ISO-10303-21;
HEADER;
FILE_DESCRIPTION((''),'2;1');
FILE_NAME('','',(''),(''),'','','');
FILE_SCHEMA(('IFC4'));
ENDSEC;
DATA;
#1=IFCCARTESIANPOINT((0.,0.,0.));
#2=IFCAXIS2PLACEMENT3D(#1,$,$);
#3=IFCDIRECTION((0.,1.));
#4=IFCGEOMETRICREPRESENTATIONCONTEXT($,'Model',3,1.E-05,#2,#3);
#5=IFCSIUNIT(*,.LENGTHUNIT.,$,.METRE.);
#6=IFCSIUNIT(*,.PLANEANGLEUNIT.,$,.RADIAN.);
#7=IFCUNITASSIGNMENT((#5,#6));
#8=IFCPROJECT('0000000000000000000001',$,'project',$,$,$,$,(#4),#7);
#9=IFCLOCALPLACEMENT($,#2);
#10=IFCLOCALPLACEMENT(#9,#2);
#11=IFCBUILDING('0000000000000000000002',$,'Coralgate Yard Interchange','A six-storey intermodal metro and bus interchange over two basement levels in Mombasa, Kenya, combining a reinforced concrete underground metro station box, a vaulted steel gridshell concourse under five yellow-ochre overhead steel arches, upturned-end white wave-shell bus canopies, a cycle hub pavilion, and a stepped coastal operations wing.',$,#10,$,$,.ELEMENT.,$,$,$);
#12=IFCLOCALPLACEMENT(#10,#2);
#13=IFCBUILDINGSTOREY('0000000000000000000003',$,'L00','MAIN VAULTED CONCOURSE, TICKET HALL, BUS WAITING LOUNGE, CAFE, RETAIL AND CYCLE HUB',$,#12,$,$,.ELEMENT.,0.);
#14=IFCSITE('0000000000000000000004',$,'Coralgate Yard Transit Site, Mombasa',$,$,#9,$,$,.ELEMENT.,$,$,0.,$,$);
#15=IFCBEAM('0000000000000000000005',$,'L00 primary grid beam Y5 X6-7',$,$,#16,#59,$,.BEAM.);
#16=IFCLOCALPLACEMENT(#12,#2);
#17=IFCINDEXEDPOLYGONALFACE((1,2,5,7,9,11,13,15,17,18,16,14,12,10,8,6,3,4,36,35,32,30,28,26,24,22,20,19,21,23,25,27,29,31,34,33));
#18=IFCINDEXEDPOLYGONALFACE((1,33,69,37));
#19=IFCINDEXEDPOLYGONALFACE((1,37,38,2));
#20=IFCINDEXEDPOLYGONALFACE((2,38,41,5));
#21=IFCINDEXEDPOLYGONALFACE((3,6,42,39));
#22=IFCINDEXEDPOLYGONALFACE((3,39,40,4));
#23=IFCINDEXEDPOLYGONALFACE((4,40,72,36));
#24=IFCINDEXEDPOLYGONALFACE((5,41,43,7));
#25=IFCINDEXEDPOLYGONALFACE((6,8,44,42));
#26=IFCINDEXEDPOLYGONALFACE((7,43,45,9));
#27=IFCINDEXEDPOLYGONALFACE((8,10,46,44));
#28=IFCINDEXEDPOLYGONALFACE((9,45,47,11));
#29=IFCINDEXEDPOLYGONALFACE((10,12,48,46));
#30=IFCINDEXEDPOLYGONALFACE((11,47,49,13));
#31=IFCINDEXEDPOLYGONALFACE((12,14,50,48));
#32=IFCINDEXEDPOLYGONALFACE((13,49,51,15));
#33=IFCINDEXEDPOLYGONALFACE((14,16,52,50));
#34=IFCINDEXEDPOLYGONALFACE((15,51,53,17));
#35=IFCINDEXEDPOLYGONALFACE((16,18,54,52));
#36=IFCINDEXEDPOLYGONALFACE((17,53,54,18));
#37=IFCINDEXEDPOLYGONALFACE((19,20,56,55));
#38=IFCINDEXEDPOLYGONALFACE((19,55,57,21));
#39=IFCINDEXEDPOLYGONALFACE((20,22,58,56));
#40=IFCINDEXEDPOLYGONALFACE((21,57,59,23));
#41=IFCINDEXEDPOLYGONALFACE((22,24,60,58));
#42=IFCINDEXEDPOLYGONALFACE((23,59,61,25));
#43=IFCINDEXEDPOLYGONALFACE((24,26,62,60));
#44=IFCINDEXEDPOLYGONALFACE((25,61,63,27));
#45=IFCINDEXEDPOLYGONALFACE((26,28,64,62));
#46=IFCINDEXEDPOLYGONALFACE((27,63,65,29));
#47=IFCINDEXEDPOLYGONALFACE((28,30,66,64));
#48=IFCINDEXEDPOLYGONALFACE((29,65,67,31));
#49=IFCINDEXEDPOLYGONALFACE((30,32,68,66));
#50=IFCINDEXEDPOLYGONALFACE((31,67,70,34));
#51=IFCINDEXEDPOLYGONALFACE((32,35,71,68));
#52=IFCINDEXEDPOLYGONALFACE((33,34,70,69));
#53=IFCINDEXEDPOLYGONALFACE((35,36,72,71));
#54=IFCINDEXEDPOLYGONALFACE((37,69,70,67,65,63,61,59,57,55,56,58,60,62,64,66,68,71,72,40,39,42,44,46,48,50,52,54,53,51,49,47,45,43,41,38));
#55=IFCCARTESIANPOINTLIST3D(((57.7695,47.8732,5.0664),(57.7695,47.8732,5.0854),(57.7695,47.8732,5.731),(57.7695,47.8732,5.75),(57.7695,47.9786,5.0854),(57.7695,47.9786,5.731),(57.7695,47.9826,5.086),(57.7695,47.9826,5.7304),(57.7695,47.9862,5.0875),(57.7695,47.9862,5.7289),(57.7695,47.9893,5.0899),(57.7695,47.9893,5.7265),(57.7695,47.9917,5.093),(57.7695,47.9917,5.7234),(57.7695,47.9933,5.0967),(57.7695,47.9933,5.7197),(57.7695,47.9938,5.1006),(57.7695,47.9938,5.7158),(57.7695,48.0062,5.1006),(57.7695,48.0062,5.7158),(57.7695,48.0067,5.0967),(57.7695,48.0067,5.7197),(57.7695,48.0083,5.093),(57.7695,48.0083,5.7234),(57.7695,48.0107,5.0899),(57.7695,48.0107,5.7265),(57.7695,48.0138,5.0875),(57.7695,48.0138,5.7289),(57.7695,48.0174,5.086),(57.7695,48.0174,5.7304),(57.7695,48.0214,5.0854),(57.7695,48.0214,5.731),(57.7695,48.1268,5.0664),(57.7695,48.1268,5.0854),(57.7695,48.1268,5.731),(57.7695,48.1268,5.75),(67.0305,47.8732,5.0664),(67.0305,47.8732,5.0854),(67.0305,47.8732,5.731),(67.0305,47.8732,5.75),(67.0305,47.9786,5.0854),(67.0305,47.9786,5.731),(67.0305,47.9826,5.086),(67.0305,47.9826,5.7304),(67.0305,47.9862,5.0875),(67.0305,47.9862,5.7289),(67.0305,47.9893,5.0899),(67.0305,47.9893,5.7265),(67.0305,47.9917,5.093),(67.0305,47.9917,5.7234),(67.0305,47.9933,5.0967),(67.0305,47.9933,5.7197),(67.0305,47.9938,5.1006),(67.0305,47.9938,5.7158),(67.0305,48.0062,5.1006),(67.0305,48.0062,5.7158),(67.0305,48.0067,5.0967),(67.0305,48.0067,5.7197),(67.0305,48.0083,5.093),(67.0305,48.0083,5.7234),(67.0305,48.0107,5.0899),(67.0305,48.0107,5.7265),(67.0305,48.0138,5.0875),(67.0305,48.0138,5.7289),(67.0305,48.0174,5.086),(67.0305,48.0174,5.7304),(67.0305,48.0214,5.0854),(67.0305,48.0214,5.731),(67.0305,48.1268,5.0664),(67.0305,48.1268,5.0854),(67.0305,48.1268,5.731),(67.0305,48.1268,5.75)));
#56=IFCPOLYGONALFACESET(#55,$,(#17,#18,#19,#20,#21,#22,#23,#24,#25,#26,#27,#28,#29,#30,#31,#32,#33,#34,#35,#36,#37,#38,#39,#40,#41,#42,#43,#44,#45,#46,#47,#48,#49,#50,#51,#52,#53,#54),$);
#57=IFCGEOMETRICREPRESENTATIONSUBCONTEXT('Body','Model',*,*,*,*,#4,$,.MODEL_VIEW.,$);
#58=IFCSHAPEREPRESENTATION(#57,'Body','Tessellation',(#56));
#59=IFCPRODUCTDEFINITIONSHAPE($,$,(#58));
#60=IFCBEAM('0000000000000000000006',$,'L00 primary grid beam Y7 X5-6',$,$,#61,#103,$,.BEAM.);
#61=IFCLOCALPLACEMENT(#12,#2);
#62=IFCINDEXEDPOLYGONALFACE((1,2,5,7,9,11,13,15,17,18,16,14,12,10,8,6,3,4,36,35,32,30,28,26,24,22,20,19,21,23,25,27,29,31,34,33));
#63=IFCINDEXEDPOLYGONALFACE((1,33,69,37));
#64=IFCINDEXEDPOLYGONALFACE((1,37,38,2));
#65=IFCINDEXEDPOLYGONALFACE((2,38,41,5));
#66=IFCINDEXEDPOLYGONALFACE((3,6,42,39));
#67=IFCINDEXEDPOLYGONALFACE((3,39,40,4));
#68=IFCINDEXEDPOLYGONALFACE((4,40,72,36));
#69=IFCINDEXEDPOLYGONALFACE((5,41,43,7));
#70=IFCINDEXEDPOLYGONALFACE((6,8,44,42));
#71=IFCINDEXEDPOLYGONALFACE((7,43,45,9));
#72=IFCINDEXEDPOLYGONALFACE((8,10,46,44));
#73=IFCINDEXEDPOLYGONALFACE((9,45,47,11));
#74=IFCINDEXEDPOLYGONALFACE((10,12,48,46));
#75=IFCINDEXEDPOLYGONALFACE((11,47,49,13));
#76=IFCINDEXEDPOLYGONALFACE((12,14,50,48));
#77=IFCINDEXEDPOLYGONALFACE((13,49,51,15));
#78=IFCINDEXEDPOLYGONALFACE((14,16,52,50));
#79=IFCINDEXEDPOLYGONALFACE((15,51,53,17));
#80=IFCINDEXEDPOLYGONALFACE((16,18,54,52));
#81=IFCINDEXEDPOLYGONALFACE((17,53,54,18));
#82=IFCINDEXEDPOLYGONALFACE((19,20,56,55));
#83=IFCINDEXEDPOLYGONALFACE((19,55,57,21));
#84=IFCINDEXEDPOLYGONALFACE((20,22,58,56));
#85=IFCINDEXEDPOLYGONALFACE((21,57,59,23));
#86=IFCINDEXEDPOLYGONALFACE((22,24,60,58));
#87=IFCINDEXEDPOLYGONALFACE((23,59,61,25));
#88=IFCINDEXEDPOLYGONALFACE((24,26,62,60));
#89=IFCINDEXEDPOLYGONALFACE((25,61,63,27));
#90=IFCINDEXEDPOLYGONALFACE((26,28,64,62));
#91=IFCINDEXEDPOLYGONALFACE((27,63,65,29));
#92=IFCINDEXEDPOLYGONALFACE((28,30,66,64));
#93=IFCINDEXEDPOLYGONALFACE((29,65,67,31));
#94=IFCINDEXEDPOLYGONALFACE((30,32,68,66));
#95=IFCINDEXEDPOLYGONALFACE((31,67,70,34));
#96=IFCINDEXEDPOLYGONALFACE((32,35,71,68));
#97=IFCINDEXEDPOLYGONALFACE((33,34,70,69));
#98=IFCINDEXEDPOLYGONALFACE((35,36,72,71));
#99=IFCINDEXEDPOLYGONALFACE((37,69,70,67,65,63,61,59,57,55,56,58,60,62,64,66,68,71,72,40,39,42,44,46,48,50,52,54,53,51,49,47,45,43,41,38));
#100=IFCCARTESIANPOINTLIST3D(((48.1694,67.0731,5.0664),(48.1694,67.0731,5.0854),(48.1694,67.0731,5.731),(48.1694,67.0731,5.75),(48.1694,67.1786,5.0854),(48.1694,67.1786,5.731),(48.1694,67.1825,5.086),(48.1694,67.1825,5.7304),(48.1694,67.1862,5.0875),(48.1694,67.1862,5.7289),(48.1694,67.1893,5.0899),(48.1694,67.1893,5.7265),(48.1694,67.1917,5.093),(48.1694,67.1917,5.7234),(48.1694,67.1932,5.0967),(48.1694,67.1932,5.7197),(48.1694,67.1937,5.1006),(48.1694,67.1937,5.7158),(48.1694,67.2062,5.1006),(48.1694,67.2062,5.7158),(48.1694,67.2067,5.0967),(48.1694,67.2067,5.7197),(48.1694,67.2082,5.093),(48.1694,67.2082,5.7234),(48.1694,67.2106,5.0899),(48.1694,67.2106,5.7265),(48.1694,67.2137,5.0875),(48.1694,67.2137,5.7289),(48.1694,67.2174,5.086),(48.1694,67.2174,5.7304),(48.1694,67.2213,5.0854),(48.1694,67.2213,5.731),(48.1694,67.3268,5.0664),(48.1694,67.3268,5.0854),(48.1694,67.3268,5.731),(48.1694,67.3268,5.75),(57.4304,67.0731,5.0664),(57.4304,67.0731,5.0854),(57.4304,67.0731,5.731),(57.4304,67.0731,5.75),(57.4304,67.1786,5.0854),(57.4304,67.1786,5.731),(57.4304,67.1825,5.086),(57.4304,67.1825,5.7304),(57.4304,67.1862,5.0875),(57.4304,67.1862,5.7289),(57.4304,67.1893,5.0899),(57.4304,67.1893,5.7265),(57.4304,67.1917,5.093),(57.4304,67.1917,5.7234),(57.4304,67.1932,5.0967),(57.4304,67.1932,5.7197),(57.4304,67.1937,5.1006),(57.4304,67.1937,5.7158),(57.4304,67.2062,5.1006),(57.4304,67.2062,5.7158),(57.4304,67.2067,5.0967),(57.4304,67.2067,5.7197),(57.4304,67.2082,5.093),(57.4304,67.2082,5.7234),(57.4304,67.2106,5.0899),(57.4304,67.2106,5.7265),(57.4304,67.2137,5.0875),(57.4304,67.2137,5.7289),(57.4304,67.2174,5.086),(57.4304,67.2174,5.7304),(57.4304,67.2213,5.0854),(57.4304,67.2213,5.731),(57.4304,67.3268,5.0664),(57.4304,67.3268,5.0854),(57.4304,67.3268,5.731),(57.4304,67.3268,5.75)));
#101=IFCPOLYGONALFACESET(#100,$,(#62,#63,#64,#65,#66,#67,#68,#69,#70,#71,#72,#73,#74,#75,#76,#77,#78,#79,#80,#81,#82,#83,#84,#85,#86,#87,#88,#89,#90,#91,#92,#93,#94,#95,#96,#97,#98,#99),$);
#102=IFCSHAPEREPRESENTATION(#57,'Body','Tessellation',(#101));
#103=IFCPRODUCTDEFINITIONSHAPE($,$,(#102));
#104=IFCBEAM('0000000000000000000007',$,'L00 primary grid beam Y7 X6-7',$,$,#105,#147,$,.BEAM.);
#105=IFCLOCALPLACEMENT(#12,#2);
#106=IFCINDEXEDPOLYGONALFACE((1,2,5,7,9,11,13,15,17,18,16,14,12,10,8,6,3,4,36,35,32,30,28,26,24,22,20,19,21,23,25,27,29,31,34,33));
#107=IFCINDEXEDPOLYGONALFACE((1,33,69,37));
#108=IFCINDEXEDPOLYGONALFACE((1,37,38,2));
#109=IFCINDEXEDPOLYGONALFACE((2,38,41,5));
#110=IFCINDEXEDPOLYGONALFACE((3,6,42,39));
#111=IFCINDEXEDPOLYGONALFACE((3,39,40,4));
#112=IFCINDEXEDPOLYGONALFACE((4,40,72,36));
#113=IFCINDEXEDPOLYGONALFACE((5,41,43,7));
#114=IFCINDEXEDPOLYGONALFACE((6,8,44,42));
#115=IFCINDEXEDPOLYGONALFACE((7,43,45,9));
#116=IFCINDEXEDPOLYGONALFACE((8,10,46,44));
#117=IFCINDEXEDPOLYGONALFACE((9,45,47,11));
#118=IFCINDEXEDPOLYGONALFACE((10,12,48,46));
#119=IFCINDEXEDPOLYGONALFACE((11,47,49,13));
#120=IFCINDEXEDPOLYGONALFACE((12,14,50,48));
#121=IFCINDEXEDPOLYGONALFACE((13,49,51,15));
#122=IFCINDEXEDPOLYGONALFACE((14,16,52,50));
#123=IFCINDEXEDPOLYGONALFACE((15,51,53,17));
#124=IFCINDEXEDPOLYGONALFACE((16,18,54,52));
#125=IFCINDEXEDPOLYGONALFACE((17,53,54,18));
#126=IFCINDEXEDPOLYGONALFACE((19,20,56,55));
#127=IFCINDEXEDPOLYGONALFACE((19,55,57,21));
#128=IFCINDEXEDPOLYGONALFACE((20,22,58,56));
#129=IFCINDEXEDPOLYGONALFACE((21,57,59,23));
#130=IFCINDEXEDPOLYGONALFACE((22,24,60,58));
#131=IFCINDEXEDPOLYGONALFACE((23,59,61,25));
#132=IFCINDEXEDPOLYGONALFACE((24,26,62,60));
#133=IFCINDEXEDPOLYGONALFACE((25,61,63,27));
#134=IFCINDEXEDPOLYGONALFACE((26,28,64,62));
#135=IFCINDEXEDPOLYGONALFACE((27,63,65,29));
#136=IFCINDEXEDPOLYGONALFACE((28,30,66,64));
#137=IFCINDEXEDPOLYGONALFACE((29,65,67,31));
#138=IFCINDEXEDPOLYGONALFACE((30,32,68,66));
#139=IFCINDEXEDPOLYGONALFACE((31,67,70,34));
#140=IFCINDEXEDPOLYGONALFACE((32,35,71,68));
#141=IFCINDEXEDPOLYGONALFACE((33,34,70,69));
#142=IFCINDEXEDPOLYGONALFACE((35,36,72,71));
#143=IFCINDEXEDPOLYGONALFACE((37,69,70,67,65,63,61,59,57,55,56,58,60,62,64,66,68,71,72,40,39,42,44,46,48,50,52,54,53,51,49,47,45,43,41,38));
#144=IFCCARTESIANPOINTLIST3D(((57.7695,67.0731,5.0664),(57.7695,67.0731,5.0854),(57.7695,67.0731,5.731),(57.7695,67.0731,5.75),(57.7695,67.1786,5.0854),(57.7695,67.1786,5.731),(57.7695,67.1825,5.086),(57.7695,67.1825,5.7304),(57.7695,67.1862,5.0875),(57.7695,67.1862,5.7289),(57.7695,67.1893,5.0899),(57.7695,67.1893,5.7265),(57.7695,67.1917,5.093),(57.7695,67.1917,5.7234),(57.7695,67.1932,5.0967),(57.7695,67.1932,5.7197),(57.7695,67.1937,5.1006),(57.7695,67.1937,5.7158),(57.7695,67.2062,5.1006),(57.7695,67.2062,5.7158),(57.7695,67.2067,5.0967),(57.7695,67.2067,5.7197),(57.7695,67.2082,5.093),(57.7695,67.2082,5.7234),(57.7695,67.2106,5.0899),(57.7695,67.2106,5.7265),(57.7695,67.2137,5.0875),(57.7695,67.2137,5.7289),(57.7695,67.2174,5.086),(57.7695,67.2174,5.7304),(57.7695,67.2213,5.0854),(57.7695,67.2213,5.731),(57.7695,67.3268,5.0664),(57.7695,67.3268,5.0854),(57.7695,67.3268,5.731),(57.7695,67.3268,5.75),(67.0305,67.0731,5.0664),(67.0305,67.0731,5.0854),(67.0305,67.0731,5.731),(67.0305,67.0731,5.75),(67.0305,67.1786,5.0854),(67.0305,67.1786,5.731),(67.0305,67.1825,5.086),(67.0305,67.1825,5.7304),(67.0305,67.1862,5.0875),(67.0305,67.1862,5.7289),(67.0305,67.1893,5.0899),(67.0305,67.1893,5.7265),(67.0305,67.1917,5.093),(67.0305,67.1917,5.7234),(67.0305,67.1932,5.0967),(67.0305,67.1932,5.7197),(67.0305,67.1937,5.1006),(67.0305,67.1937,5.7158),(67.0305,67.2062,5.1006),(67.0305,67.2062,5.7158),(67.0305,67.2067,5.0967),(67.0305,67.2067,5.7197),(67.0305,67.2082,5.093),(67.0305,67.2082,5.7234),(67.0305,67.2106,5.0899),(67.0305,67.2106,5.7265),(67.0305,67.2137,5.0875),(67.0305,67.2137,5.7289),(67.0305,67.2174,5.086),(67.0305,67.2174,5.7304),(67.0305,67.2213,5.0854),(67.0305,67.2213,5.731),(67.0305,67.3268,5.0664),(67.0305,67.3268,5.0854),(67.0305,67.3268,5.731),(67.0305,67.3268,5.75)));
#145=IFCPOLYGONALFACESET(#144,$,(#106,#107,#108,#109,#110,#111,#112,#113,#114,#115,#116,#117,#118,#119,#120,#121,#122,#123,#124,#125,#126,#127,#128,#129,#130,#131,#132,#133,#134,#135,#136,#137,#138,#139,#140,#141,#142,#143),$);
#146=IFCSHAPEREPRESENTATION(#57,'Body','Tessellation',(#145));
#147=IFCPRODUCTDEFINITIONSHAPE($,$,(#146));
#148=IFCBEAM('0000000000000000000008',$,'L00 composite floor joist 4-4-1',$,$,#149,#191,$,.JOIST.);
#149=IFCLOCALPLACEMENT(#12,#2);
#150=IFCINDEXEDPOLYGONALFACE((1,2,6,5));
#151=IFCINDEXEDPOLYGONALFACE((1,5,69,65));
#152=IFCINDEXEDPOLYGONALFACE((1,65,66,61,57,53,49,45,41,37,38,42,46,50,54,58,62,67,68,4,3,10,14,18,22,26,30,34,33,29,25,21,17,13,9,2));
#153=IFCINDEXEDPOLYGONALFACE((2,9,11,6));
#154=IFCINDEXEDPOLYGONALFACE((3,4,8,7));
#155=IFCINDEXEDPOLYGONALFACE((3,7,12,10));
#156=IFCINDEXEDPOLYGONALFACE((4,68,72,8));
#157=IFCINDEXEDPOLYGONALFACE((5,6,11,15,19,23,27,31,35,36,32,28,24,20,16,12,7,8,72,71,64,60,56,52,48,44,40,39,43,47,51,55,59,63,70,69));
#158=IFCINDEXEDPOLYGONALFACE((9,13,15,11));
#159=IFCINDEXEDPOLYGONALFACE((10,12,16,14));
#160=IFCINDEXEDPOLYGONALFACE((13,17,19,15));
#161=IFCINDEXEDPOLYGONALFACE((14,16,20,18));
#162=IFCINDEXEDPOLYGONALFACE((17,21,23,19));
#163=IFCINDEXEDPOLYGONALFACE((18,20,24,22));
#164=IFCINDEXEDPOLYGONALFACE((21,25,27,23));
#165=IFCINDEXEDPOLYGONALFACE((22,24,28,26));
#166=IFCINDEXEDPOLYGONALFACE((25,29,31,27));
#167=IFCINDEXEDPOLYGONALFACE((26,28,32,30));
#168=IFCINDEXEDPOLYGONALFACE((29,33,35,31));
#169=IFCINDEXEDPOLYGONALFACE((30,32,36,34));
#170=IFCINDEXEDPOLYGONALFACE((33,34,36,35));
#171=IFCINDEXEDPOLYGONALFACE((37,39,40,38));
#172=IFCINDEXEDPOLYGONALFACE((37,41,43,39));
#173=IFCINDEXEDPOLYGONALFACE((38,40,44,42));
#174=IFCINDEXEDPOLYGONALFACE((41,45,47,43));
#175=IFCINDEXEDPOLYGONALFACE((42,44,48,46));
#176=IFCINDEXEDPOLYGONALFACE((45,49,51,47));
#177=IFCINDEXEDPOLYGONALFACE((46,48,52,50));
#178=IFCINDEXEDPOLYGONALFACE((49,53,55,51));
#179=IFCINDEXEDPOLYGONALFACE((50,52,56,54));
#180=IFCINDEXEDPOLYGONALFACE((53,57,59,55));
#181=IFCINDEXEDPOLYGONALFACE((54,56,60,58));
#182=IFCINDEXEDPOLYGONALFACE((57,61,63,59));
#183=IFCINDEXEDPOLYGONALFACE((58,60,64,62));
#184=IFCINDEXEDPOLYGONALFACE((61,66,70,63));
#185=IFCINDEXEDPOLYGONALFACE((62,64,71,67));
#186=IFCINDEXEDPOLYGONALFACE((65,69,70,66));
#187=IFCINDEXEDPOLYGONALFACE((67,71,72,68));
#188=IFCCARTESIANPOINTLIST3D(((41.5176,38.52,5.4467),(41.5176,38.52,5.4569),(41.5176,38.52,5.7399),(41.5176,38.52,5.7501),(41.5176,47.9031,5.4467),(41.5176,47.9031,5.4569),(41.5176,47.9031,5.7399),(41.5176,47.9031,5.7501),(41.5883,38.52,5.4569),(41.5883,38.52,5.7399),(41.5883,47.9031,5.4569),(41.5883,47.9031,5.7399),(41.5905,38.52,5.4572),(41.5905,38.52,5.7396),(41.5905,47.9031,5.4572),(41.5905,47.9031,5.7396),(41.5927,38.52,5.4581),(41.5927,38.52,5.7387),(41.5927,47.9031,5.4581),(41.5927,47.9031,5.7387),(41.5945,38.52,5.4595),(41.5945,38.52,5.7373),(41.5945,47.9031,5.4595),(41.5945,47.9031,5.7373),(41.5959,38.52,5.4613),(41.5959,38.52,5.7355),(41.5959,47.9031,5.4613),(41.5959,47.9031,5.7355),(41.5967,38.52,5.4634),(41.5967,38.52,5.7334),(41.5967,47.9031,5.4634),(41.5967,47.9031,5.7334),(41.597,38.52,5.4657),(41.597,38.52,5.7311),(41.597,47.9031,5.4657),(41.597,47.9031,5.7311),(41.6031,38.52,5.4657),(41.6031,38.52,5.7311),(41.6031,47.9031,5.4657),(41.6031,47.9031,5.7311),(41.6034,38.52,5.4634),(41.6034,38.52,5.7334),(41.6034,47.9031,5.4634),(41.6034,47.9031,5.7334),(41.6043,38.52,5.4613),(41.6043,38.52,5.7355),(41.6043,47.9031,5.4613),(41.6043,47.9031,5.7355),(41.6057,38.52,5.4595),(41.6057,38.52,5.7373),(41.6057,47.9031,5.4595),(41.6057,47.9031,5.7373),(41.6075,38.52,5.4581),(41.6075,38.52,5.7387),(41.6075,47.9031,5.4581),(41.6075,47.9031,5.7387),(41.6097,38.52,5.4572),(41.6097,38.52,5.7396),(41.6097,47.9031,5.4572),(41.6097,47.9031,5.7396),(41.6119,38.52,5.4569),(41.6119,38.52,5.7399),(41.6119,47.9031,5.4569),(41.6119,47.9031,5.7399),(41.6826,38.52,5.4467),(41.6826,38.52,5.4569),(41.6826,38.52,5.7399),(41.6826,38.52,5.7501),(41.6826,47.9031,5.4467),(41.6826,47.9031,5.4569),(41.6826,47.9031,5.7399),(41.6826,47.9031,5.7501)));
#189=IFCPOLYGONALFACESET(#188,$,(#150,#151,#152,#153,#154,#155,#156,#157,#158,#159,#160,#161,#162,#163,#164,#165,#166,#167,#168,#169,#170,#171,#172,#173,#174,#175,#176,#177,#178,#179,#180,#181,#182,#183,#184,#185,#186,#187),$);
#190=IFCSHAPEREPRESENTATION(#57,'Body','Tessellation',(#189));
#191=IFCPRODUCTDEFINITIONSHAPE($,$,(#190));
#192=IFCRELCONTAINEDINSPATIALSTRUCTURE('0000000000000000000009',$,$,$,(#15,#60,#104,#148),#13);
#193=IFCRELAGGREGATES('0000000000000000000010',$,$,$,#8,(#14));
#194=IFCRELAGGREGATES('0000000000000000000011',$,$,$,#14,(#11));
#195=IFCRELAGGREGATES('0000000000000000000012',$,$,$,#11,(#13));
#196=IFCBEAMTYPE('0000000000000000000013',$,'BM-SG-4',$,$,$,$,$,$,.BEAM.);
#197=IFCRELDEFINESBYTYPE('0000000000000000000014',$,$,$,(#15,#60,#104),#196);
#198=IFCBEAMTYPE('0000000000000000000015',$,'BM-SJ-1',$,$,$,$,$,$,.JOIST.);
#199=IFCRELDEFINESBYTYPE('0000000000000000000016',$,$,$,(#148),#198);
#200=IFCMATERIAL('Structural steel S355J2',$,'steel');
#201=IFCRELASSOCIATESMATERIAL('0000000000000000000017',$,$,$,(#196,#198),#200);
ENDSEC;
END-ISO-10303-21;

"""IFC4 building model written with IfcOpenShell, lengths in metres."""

from ifc_helpers import new_model, si_unit, direction, frame, origin, origin_2d, place, context, subcontext, project, spatial, i_section, extrude, material, material_profile, profile_set, type_object, element, save


model = new_model("IFC4")

# Units and contexts
model_context = context("Model", 3, precision=1e-05, world=origin(), true_north=direction((0.0, 1.0)))
body_context = subcontext(model_context, "Body", "Model", "MODEL_VIEW")
ifc_project = project(units=[si_unit("LENGTHUNIT", "METRE"), si_unit("PLANEANGLEUNIT", "RADIAN")], contexts=[model_context])

# Site, building, storey
site_placement = place(None, origin())
site = spatial("IfcSite", under=ifc_project, at=site_placement, Name="Coralgate Yard Transit Site, Mombasa", CompositionType="ELEMENT", RefElevation=0.0)
building_placement = place(site_placement, origin())
building = spatial("IfcBuilding", under=site, at=building_placement, Name="Coralgate Yard Interchange", Description="A six-storey intermodal metro and bus interchange over two basement levels in Mombasa, Kenya, combining a reinforced concrete underground metro station box, a vaulted steel gridshell concourse under five yellow-ochre overhead steel arches, upturned-end white wave-shell bus canopies, a cycle hub pavilion, and a stepped coastal operations wing.", CompositionType="ELEMENT")
storey_placement = place(building_placement, origin())
storey = spatial("IfcBuildingStorey", under=building, at=storey_placement, Name="L00", Description="MAIN VAULTED CONCOURSE, TICKET HALL, BUS WAITING LOUNGE, CAFE, RETAIL AND CYCLE HUB", CompositionType="ELEMENT", Elevation=0.0)

# Shared definitions
ifc_material_1 = material(Name="Structural steel S355J2", Category="steel")

# Beams
ifc_material_profile_1 = material_profile(ifc_material_1, i_section(OverallWidth=0.2537, OverallDepth=0.6836, WebThickness=0.0125, FlangeThickness=0.019, FilletRadius=0.0151, at=origin_2d()), Name="UB 686x254x140")
ifc_profile_set_1 = profile_set([ifc_material_profile_1], Name="Structural steel S355J2")
beam_type_1 = type_object("IfcBeamType", Name="BM-SG-4", PredefinedType="BEAM", material=ifc_profile_set_1)
for number, where, z_axis, x_axis, name in (
    (1, (57.7695, 48.0, 5.4082), (1.0, 0.0, 0.0), (0.0, 1.0, 0.0), "L00 primary grid beam Y5 X6-7"),
    (2, (48.1694, 67.2, 5.4082), (1.0, 0.0, 0.0), (0.0, 1.0, 0.0), "L00 primary grid beam Y7 X5-6"),
    (3, (57.7695, 67.2, 5.4082), (1.0, 0.0, 0.0), (0.0, 1.0, 0.0), "L00 primary grid beam Y7 X6-7"),
):
    element("IfcBeam", number, at=place(storey_placement, frame(where, z_axis=z_axis, x_axis=x_axis)), inside=storey, type_object=beam_type_1, Name=name, PredefinedType="BEAM", context=body_context, shape_type="SweptSolid", body=[
        extrude(i_section(OverallWidth=0.2537, OverallDepth=0.6836, WebThickness=0.0125, FlangeThickness=0.019, FilletRadius=0.0151, at=origin_2d()), origin(), (0.0, 0.0, 1.0), 9.261),
    ])
ifc_material_profile_2 = material_profile(ifc_material_1, i_section(OverallWidth=0.165, OverallDepth=0.3035, WebThickness=0.0061, FlangeThickness=0.0103, FilletRadius=0.0088, at=origin_2d()), Name="UB 305x165x40")
ifc_profile_set_2 = profile_set([ifc_material_profile_2], Name="Structural steel S355J2")
beam_type_2 = type_object("IfcBeamType", Name="BM-SJ-1", PredefinedType="JOIST", material=ifc_profile_set_2)
for number, where, z_axis, x_axis, name in (
    (4, (41.6001, 38.52, 5.5984), (0.0, 1.0, 0.0), (-1.0, 0.0, 0.0), "L00 composite floor joist 4-4-1"),
):
    element("IfcBeam", number, at=place(storey_placement, frame(where, z_axis=z_axis, x_axis=x_axis)), inside=storey, type_object=beam_type_2, Name=name, PredefinedType="JOIST", context=body_context, shape_type="SweptSolid", body=[
        extrude(i_section(OverallWidth=0.165, OverallDepth=0.3035, WebThickness=0.0061, FlangeThickness=0.0103, FilletRadius=0.0088, at=origin_2d()), origin(), (0.0, 0.0, 1.0), 9.3831),
    ])

save(model, "model.ifc")
